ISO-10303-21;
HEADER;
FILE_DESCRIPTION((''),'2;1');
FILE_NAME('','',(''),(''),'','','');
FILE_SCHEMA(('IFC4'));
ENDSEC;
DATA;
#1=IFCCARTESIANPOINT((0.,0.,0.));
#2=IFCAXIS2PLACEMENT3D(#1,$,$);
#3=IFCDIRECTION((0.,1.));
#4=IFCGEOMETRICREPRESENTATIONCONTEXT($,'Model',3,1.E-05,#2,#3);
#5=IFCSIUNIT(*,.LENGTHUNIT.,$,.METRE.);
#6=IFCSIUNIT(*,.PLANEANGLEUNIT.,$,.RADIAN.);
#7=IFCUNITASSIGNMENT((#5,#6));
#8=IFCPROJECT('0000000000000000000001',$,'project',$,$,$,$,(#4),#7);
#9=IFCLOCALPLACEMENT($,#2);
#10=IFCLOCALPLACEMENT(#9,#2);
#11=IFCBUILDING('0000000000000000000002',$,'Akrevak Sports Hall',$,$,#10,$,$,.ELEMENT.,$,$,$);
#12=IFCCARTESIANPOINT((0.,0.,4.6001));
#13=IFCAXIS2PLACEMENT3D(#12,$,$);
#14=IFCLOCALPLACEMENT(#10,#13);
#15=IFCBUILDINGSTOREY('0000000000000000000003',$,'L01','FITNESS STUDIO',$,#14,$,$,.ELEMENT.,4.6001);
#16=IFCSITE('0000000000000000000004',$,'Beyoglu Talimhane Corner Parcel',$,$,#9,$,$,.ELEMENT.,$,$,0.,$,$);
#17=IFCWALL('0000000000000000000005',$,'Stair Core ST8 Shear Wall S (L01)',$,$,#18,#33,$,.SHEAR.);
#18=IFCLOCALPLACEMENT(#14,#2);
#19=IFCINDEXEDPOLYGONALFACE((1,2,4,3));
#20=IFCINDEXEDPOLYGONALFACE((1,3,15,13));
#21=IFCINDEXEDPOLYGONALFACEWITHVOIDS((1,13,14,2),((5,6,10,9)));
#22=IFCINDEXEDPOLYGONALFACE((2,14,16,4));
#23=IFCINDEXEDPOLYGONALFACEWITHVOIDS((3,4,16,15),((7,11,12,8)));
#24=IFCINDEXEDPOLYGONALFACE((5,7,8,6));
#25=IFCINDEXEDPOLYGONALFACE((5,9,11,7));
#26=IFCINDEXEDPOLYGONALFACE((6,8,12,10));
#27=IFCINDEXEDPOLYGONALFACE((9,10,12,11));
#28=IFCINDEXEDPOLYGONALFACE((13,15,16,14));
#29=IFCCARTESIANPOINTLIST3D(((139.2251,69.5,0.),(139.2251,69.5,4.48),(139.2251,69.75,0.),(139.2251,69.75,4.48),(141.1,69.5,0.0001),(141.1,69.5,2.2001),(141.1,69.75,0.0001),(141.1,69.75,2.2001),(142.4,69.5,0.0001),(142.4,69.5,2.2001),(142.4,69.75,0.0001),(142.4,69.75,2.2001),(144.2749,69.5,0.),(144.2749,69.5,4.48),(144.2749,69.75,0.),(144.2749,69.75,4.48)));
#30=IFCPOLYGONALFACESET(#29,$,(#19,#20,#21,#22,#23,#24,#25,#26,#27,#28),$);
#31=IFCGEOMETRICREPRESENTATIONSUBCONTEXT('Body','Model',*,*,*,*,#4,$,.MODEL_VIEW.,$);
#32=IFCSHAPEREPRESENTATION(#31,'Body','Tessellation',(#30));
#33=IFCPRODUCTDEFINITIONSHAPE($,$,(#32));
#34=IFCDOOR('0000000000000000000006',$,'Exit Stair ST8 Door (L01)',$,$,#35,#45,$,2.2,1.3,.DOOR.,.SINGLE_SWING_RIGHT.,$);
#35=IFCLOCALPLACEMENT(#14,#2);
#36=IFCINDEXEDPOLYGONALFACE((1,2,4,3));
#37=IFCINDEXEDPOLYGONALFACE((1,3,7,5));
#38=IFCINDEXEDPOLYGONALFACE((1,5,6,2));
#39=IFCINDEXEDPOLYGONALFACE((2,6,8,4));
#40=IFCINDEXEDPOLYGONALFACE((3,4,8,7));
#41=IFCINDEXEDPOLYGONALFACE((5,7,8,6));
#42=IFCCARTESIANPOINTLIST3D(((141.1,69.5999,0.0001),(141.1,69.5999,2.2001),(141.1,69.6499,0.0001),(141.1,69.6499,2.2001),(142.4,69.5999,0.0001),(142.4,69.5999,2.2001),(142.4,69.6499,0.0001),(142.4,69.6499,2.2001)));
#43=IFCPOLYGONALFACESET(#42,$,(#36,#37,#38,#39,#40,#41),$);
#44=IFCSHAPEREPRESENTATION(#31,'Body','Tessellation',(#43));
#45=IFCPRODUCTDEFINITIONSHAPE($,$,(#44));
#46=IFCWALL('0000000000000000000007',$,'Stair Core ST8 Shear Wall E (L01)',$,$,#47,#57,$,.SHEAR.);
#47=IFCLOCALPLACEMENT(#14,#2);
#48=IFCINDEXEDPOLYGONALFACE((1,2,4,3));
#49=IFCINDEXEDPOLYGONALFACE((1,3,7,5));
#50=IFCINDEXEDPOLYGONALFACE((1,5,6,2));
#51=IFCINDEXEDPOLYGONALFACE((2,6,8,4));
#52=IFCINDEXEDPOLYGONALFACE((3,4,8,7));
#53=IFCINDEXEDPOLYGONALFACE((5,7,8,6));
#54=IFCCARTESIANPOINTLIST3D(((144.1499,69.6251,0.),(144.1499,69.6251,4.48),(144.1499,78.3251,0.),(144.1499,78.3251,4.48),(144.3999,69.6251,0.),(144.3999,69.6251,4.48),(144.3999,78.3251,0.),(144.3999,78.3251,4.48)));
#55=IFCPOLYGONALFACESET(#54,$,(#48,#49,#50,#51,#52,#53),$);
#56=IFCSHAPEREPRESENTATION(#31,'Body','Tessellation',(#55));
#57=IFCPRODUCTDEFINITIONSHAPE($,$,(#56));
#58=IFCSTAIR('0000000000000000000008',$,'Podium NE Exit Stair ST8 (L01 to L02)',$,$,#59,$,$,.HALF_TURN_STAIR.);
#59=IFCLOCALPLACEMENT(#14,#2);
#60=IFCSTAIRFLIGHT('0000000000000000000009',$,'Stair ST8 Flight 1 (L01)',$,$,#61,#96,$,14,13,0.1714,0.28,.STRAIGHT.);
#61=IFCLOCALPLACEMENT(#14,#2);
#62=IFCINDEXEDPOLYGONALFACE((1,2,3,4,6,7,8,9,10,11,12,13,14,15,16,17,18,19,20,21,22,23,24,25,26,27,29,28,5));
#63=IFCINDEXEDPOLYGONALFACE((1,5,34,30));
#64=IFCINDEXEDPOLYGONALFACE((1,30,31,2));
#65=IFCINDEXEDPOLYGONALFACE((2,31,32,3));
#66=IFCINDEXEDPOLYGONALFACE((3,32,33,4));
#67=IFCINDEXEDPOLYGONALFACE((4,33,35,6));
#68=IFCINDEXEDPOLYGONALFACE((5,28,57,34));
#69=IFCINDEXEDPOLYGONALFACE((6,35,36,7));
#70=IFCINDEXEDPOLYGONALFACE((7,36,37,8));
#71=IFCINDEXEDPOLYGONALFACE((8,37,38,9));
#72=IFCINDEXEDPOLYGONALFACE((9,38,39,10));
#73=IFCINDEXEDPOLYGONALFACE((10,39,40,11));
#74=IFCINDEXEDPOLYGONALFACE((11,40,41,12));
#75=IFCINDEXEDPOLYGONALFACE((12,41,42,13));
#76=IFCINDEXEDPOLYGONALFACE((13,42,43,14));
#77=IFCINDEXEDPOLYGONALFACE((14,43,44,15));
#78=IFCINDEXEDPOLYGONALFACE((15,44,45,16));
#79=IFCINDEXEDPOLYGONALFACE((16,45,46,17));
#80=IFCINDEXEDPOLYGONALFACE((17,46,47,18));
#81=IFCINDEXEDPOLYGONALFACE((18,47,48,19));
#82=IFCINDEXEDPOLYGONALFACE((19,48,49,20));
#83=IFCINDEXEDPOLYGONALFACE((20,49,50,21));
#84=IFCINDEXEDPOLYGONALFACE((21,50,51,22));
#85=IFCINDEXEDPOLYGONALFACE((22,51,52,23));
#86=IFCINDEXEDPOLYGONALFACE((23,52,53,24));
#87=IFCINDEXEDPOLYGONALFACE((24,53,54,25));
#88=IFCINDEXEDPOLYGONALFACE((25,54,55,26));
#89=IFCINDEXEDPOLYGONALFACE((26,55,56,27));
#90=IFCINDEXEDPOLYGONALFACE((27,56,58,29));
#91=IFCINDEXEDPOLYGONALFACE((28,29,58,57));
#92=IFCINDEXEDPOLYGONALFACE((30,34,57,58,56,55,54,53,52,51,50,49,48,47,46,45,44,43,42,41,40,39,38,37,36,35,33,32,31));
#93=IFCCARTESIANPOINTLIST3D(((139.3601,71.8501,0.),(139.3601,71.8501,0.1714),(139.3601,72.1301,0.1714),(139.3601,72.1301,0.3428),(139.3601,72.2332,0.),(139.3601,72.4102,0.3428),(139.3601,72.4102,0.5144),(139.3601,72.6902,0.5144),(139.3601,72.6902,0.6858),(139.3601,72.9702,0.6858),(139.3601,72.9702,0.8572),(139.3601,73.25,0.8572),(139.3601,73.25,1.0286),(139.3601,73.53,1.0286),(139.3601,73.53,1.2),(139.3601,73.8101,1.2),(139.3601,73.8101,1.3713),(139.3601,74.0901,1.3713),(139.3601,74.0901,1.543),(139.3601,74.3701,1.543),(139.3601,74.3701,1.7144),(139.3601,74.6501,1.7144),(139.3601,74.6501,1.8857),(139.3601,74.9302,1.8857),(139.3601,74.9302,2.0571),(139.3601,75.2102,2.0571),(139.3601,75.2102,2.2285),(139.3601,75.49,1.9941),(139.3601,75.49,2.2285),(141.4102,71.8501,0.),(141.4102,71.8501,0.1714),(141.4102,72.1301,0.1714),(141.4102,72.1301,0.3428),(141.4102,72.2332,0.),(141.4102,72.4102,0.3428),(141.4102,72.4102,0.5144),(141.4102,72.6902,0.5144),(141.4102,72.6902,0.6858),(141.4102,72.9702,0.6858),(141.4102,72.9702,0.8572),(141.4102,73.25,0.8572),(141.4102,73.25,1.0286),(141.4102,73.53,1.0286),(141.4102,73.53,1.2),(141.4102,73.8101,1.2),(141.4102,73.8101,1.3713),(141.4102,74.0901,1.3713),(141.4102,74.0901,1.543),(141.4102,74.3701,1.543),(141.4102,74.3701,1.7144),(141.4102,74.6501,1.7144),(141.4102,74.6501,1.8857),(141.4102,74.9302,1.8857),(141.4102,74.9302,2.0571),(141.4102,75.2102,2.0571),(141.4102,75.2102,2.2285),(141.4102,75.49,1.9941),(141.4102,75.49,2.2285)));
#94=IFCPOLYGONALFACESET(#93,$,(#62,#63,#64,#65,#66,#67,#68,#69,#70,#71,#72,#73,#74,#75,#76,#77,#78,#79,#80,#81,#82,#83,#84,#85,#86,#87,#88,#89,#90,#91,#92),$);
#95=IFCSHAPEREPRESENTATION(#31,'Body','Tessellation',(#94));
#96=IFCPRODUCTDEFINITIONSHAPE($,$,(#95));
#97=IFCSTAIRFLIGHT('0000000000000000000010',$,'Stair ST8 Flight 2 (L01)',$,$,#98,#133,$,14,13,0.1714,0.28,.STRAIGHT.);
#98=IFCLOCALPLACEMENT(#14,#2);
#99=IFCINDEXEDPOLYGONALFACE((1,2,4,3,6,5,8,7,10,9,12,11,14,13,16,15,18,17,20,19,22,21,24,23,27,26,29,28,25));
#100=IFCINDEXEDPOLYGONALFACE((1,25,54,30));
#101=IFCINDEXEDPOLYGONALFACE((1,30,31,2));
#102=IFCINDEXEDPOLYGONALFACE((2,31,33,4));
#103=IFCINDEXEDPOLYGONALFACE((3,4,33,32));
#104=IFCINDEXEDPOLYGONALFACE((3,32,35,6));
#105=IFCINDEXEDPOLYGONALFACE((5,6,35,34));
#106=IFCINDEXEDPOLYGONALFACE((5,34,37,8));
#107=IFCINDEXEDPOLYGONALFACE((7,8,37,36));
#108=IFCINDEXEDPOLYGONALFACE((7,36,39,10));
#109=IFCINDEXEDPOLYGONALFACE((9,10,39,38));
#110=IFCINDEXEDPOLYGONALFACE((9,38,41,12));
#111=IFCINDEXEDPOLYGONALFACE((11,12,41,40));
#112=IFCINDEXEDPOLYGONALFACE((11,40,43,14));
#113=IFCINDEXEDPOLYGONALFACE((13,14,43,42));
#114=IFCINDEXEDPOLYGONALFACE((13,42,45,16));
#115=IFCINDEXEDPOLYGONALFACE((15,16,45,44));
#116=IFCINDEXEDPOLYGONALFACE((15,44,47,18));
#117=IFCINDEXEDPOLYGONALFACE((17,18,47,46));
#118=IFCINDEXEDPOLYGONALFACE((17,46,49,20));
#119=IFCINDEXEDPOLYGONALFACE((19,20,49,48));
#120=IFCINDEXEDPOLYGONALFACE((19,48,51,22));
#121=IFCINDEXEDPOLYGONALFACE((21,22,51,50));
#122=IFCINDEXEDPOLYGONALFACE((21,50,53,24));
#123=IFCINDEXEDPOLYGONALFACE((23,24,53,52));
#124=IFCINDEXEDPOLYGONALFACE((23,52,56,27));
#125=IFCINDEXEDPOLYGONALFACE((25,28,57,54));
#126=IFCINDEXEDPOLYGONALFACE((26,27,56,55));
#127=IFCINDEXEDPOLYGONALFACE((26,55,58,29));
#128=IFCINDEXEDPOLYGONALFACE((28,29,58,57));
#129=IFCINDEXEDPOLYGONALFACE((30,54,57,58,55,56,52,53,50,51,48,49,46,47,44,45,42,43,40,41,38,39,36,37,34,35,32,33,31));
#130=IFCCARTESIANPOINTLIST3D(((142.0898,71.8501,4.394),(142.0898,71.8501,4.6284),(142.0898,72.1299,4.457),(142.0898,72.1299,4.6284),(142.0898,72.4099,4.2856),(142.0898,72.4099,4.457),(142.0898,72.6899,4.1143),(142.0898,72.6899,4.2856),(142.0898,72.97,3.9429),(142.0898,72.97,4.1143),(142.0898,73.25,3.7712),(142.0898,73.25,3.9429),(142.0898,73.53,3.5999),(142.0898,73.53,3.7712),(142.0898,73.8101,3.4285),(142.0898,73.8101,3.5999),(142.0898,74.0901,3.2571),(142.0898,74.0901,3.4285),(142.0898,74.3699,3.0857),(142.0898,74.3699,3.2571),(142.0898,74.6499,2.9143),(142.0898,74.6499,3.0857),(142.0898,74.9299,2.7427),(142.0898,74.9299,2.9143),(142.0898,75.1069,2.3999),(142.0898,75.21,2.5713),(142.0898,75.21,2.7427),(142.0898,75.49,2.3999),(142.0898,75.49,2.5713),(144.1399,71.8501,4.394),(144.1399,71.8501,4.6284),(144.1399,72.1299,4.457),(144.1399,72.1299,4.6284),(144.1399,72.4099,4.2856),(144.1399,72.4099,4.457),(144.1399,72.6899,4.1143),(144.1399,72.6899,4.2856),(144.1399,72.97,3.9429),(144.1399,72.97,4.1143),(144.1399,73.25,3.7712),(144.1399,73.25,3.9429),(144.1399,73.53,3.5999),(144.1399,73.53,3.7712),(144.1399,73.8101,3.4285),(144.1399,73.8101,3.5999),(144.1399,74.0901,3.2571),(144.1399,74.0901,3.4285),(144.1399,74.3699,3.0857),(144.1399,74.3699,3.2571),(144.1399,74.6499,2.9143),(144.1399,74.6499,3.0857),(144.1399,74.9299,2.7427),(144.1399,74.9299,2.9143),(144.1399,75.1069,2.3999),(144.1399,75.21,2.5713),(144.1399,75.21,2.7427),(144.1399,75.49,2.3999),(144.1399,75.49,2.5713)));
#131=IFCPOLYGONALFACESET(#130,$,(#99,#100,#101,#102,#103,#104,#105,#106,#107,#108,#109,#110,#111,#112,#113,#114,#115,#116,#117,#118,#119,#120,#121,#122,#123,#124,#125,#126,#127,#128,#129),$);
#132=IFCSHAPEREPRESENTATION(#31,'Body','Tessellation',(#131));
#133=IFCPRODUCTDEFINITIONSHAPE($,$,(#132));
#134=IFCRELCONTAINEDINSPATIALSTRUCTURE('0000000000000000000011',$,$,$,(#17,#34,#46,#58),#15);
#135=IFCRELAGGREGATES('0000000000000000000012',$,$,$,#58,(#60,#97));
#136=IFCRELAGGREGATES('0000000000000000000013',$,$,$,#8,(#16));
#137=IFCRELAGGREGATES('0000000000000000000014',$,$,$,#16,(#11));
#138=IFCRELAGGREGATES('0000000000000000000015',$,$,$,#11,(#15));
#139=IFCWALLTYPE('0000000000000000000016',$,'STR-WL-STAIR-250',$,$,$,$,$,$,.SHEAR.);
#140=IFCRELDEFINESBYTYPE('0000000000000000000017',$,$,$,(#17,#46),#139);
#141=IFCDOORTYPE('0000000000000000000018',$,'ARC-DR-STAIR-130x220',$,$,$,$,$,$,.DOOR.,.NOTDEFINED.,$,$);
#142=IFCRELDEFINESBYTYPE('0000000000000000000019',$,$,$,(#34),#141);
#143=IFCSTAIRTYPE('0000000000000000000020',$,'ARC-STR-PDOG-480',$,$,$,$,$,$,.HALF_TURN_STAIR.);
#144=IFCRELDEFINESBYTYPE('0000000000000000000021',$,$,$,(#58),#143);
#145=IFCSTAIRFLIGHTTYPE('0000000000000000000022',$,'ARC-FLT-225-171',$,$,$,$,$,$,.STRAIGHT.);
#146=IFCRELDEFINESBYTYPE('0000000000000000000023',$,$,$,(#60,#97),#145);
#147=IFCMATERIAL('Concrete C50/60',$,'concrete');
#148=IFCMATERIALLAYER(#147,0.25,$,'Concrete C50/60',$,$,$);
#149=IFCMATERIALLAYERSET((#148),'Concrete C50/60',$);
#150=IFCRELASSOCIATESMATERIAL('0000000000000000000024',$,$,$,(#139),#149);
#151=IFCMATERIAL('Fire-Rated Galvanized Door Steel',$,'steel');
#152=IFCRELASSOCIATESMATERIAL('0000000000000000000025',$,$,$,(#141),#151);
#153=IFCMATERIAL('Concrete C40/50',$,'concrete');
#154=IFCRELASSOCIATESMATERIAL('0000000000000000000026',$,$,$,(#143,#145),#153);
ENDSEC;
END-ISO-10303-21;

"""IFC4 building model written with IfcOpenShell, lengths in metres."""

from ifc_helpers import new_model, si_unit, direction, frame, frame_2d, origin, place, context, subcontext, project, spatial, polyline, rectangle, outline, extrude, material, layer, layer_set, type_object, element, fill, aggregate, save


model = new_model("IFC4")

# Units and contexts
model_context = context("Model", 3, precision=1e-05, world=origin(), true_north=direction((0.0, 1.0)))
body_context = subcontext(model_context, "Body", "Model", "MODEL_VIEW")
ifc_project = project(units=[si_unit("LENGTHUNIT", "METRE"), si_unit("PLANEANGLEUNIT", "RADIAN")], contexts=[model_context])

# Site, building, storey
site_placement = place(None, origin())
site = spatial("IfcSite", under=ifc_project, at=site_placement, Name="Beyoglu Talimhane Corner Parcel", CompositionType="ELEMENT", RefElevation=0.0)
building_placement = place(site_placement, origin())
building = spatial("IfcBuilding", under=site, at=building_placement, Name="Akrevak Sports Hall", CompositionType="ELEMENT")
storey_placement = place(building_placement, frame((0.0, 0.0, 4.6001)))
storey = spatial("IfcBuildingStorey", under=building, at=storey_placement, Name="L01", Description="FITNESS STUDIO", CompositionType="ELEMENT", Elevation=4.6001)

# Shared definitions
ifc_material_1 = material(Name="Concrete C40/50", Category="concrete")

# Wall, opening, door
ifc_material_2 = material(Name="Concrete C50/60", Category="concrete")
ifc_layer_1 = layer(ifc_material_2, 0.25, Name="Concrete C50/60")
ifc_layer_set_1 = layer_set([ifc_layer_1], Name="Concrete C50/60")
wall_type_1 = type_object("IfcWallType", Name="STR-WL-STAIR-250", PredefinedType="SHEAR", material=ifc_layer_set_1)
wall_1_placement = place(storey_placement, frame((139.2251, 69.625, 0.0), z_axis=(0.0, 0.0, 1.0), x_axis=(1.0, 0.0, 0.0)))
wall_1 = element("IfcWall", 1, at=wall_1_placement, inside=storey, type_object=wall_type_1, Name="Stair Core ST8 Shear Wall S (L01)", PredefinedType="SHEAR", context=body_context, shape_type="SweptSolid", body=[
    extrude(rectangle(XDim=5.0498, YDim=0.25, at=frame_2d((2.5249, 0.0))), origin(), (0.0, 0.0, 1.0), 4.48),
])
opening_1_placement = place(wall_1_placement, frame((1.875, 0.0, 0.0)))
opening_1 = element("IfcOpeningElement", 2, at=opening_1_placement, cuts=wall_1, PredefinedType="OPENING", context=body_context, shape_type="SweptSolid", body=[
    extrude(rectangle(XDim=1.3, YDim=2.2, at=frame_2d((0.6499, 1.1001))), frame((0.0, 0.137, 0.0), z_axis=(0.0, -1.0, 0.0), x_axis=(1.0, 0.0, 0.0)), (0.0, 0.0, 1.0), 0.2739),
])
ifc_material_3 = material(Name="Fire-Rated Galvanized Door Steel", Category="steel")
door_type_1 = type_object("IfcDoorType", Name="ARC-DR-STAIR-130x220", OperationType="NOTDEFINED", PredefinedType="DOOR", material=ifc_material_3)
door_1_placement = place(opening_1_placement, origin())
door_1 = element("IfcDoor", 3, at=door_1_placement, inside=storey, type_object=door_type_1, Name="Exit Stair ST8 Door (L01)", OperationType="SINGLE_SWING_RIGHT", OverallHeight=2.2, OverallWidth=1.3, PredefinedType="DOOR", context=body_context, shape_type="SweptSolid", body=[
    extrude(rectangle(XDim=1.3, YDim=2.2, at=frame_2d((0.6499, 1.1001))), frame((0.0, 0.0249, 0.0), z_axis=(0.0, -1.0, 0.0), x_axis=(1.0, 0.0, 0.0)), (0.0, 0.0, 1.0), 0.05),
])
fill(opening_1, door_1)

# Wall
wall_2_placement = place(storey_placement, frame((144.2749, 69.625, 0.0), z_axis=(0.0, 0.0, 1.0), x_axis=(0.0, 1.0, 0.0)))
element("IfcWall", 4, at=wall_2_placement, inside=storey, type_object=wall_type_1, Name="Stair Core ST8 Shear Wall E (L01)", PredefinedType="SHEAR", context=body_context, shape_type="SweptSolid", body=[
    extrude(rectangle(XDim=8.7, YDim=0.25, at=frame_2d((4.3501, 0.0))), origin(), (0.0, 0.0, 1.0), 4.48),
])

# Stair, stair flights
stair_type = type_object("IfcStairType", Name="ARC-STR-PDOG-480", PredefinedType="HALF_TURN_STAIR", material=ifc_material_1)
stair_placement = place(storey_placement, origin())
stair = element("IfcStair", 5, at=stair_placement, inside=storey, type_object=stair_type, Name="Podium NE Exit Stair ST8 (L01 to L02)", PredefinedType="HALF_TURN_STAIR")
stair_flight_type = type_object("IfcStairFlightType", Name="ARC-FLT-225-171", PredefinedType="STRAIGHT", material=ifc_material_1)
stair_flight_1_placement = place(storey_placement, frame((140.385, 71.8501, 0.0), z_axis=(0.0, 0.0, 1.0), x_axis=(0.0, 1.0, 0.0)))
stair_flight_1 = element("IfcStairFlight", 6, at=stair_flight_1_placement, type_object=stair_flight_type, Name="Stair ST8 Flight 1 (L01)", NumberOfRisers=14, NumberOfTreads=13, PredefinedType="STRAIGHT", RiserHeight=0.1714, TreadLength=0.28, context=body_context, shape_type="SweptSolid", body=[
    extrude(outline(polyline([(0.0, 0.0), (0.0, 0.1714), (0.28, 0.1714), (0.28, 0.3428), (0.5601, 0.3428), (0.5601, 0.5144), (0.8401, 0.5144), (0.8401, 0.6858), (1.1201, 0.6858), (1.1201, 0.8572), (1.3999, 0.8572), (1.3999, 1.0286), (1.6799, 1.0286), (1.6799, 1.2), (1.96, 1.2), (1.96, 1.3713), (2.24, 1.3713), (2.24, 1.543), (2.52, 1.543), (2.52, 1.7144), (2.8, 1.7144), (2.8, 1.8857), (3.0801, 1.8857), (3.0801, 2.0571), (3.3601, 2.0571), (3.3601, 2.2285), (3.6399, 2.2285), (3.6399, 2.3999), (3.6399, 1.9941), (0.3831, 0.0), (0.0, 0.0)])), frame((0.0, 1.0249, 0.0), z_axis=(0.0, -1.0, 0.0), x_axis=(1.0, 0.0, 0.0)), (0.0, 0.0, 1.0), 2.05),
])
stair_flight_2_placement = place(storey_placement, frame((143.115, 75.49, 2.3999), z_axis=(0.0, 0.0, 1.0), x_axis=(0.0, -1.0, 0.0)))
stair_flight_2 = element("IfcStairFlight", 7, at=stair_flight_2_placement, type_object=stair_flight_type, Name="Stair ST8 Flight 2 (L01)", NumberOfRisers=14, NumberOfTreads=13, PredefinedType="STRAIGHT", RiserHeight=0.1714, TreadLength=0.28, context=body_context, shape_type="SweptSolid", body=[
    extrude(outline(polyline([(0.0, 0.0), (0.0, 0.1714), (0.28, 0.1714), (0.28, 0.3428), (0.5601, 0.3428), (0.5601, 0.5144), (0.8401, 0.5144), (0.8401, 0.6858), (1.1201, 0.6858), (1.1201, 0.8572), (1.3999, 0.8572), (1.3999, 1.0286), (1.6799, 1.0286), (1.6799, 1.2), (1.96, 1.2), (1.96, 1.3713), (2.24, 1.3713), (2.24, 1.543), (2.52, 1.543), (2.52, 1.7144), (2.8, 1.7144), (2.8, 1.8857), (3.0801, 1.8857), (3.0801, 2.0571), (3.3601, 2.0571), (3.3601, 2.2285), (3.6399, 2.2285), (3.6399, 2.3999), (3.6399, 1.9941), (0.3831, 0.0), (0.0, 0.0)])), frame((0.0, 1.0249, 0.0), z_axis=(0.0, -1.0, 0.0), x_axis=(1.0, 0.0, 0.0)), (0.0, 0.0, 1.0), 2.05),
])
aggregate(stair, [stair_flight_1, stair_flight_2])

save(model, "model.ifc")
